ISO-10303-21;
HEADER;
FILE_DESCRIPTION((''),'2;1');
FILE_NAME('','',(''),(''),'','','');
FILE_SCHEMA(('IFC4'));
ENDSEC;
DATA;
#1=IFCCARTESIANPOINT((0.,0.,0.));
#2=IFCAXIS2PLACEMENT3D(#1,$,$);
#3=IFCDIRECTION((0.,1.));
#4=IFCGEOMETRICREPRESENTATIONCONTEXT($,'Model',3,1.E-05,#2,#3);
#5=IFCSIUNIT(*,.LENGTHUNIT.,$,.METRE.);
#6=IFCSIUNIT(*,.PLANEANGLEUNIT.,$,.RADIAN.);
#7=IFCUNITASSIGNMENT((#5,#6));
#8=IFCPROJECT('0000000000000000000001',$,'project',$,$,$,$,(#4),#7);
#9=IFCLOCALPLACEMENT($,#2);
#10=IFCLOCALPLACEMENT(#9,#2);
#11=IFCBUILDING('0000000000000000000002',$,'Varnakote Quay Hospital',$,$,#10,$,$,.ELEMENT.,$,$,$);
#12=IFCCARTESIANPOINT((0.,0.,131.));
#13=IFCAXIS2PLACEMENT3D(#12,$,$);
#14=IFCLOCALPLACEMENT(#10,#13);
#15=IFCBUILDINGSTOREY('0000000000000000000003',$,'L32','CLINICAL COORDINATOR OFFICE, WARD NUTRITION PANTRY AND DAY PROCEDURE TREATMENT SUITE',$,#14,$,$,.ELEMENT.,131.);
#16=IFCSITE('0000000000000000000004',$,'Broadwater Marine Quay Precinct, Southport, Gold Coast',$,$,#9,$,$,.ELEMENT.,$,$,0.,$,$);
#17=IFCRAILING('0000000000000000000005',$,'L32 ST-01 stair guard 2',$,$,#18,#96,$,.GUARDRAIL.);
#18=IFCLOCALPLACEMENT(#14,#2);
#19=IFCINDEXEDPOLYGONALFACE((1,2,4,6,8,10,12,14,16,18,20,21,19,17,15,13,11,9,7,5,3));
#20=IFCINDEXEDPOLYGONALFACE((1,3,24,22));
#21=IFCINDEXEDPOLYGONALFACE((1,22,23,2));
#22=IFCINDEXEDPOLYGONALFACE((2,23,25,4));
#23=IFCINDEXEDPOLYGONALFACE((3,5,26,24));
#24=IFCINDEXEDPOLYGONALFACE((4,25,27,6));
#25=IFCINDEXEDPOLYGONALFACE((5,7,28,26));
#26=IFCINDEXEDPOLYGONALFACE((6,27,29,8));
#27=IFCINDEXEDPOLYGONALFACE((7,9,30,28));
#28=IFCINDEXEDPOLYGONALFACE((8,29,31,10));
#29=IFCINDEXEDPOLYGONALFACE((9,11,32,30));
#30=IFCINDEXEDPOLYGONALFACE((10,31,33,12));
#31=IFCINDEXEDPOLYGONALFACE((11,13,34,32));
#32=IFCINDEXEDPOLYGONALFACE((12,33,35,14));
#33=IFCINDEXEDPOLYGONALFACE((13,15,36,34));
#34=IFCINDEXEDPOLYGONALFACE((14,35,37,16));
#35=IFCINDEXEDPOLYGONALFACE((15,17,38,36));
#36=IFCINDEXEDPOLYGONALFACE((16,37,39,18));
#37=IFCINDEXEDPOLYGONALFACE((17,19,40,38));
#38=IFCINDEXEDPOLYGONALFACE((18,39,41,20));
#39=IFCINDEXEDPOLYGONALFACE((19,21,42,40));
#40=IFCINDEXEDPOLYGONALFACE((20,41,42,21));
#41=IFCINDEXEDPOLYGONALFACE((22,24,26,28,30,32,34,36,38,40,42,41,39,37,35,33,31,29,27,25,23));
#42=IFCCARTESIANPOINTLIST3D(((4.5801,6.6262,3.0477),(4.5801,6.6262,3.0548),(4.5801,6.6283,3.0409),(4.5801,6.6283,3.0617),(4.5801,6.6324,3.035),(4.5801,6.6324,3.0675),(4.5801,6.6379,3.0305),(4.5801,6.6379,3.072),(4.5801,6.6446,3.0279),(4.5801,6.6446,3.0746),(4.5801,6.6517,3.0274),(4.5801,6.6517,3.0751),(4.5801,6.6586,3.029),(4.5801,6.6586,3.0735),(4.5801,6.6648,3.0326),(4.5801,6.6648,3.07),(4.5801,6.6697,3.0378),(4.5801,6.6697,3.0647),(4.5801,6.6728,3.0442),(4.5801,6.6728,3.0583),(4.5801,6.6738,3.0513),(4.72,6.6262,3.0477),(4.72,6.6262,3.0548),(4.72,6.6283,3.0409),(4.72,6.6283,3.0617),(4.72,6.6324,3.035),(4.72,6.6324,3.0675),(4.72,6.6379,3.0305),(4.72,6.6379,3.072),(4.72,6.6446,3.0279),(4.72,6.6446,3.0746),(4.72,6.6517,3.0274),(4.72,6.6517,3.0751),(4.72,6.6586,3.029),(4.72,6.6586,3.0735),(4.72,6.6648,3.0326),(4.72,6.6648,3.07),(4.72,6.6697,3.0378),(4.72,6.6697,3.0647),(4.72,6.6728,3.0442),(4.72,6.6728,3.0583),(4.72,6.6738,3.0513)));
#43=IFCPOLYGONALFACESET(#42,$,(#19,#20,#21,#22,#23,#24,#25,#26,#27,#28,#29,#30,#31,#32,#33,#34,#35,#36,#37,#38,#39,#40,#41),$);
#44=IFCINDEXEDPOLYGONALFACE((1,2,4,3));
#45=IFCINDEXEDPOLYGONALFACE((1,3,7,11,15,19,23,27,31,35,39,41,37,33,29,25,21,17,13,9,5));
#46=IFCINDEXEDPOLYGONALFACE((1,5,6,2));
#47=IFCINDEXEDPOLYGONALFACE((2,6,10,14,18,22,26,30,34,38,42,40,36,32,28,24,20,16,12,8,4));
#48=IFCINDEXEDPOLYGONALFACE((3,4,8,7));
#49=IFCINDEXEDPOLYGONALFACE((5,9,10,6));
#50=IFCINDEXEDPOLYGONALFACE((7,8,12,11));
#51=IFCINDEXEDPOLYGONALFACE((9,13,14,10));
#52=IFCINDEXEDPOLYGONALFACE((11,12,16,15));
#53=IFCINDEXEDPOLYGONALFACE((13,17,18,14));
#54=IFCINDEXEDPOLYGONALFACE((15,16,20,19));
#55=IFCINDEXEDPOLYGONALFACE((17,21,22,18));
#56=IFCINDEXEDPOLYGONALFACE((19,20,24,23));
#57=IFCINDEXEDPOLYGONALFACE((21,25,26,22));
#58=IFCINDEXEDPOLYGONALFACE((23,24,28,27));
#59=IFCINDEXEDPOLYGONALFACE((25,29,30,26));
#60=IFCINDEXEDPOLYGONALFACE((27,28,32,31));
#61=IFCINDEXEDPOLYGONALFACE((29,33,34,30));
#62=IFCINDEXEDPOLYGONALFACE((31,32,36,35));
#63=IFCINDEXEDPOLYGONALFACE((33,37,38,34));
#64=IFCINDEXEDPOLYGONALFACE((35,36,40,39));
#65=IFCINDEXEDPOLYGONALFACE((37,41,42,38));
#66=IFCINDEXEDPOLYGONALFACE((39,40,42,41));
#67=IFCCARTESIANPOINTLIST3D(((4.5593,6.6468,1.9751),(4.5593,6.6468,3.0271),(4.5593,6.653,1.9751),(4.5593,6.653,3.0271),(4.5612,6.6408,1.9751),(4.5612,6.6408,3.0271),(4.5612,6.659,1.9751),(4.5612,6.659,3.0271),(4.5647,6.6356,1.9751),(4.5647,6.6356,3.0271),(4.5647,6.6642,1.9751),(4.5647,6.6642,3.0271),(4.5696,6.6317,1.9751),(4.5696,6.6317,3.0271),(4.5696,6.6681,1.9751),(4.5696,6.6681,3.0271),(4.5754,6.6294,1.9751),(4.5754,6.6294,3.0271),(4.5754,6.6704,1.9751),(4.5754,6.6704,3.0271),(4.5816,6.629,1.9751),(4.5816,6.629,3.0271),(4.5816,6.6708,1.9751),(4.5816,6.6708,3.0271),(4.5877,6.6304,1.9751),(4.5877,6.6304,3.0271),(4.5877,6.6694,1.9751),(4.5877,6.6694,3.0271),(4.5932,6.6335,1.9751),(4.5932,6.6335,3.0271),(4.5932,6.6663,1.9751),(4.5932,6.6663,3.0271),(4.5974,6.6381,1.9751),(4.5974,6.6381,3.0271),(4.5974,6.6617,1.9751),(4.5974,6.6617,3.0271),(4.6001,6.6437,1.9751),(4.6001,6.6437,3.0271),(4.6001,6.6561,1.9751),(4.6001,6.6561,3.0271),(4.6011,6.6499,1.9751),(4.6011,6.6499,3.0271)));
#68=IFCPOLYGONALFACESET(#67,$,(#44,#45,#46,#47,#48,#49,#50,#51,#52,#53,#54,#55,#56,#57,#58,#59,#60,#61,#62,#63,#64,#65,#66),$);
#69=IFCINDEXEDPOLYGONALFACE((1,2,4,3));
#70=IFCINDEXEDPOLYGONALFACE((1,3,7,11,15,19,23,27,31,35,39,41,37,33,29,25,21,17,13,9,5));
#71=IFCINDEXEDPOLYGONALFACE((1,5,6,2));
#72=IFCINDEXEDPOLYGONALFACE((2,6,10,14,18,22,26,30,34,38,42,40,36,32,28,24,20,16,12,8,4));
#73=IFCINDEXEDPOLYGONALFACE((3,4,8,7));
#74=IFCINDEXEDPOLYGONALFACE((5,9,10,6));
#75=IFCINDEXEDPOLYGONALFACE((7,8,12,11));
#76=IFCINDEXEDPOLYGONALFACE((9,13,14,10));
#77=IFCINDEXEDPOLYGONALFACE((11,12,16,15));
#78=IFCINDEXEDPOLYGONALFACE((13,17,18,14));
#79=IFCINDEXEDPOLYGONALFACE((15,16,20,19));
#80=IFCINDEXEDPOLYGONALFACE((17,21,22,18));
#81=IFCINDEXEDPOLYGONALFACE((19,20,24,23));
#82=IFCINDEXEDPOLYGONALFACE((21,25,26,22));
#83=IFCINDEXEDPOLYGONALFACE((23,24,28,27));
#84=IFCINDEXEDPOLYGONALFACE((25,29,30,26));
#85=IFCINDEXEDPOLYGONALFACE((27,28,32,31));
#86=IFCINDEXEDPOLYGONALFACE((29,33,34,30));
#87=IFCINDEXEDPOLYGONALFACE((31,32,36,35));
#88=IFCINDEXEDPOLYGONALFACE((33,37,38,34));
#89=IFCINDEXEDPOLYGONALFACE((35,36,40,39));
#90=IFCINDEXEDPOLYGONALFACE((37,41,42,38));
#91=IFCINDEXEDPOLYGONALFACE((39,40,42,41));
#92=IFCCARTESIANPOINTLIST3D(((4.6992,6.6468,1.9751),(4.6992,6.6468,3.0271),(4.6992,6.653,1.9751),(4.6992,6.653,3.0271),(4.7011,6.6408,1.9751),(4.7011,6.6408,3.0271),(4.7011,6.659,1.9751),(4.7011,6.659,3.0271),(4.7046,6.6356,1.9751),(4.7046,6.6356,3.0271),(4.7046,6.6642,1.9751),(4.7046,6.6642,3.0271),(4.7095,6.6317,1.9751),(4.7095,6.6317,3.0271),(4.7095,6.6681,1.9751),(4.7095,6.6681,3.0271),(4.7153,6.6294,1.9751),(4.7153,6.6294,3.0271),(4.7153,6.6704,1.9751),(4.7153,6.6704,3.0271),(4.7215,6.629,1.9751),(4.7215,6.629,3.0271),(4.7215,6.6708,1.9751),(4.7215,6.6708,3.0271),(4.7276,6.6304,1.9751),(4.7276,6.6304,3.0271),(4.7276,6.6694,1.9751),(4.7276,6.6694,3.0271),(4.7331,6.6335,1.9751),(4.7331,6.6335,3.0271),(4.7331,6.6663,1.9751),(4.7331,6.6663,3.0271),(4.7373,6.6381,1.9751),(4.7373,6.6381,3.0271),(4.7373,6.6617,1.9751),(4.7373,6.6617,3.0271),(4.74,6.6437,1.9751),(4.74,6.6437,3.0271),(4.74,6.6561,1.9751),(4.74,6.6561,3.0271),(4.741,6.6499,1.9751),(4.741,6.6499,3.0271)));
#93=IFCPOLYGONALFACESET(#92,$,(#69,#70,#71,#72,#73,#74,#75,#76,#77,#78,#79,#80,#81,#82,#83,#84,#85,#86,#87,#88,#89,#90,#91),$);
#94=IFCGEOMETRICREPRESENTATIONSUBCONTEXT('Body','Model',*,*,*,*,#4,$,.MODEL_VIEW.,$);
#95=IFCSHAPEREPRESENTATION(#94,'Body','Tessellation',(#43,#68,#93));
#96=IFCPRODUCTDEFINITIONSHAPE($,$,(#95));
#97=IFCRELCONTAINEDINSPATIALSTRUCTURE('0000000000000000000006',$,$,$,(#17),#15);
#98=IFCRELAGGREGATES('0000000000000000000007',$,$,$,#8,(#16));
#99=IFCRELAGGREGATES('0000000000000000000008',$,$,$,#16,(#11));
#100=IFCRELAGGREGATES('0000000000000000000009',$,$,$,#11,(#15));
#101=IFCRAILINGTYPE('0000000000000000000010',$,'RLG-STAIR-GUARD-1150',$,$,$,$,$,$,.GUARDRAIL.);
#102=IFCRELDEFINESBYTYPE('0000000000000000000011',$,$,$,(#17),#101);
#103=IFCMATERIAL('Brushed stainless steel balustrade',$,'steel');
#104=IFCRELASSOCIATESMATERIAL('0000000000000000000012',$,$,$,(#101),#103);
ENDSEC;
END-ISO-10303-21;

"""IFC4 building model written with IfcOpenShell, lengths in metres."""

from ifc_helpers import new_model, si_unit, direction, frame, origin, origin_2d, place, context, subcontext, project, spatial, circle, extrude, material, type_object, element, save


model = new_model("IFC4")

# Units and contexts
model_context = context("Model", 3, precision=1e-05, world=origin(), true_north=direction((0.0, 1.0)))
body_context = subcontext(model_context, "Body", "Model", "MODEL_VIEW")
ifc_project = project(units=[si_unit("LENGTHUNIT", "METRE"), si_unit("PLANEANGLEUNIT", "RADIAN")], contexts=[model_context])

# Site, building, storey
site_placement = place(None, origin())
site = spatial("IfcSite", under=ifc_project, at=site_placement, Name="Broadwater Marine Quay Precinct, Southport, Gold Coast", CompositionType="ELEMENT", RefElevation=0.0)
building_placement = place(site_placement, origin())
building = spatial("IfcBuilding", under=site, at=building_placement, Name="Varnakote Quay Hospital", CompositionType="ELEMENT")
storey_placement = place(building_placement, frame((0.0, 0.0, 131.0)))
storey = spatial("IfcBuildingStorey", under=building, at=storey_placement, Name="L32", Description="CLINICAL COORDINATOR OFFICE, WARD NUTRITION PANTRY AND DAY PROCEDURE TREATMENT SUITE", CompositionType="ELEMENT", Elevation=131.0)

# Railing
ifc_material_1 = material(Name="Brushed stainless steel balustrade", Category="steel")
railing_type_1 = type_object("IfcRailingType", Name="RLG-STAIR-GUARD-1150", PredefinedType="GUARDRAIL", material=ifc_material_1)
railing_1_placement = place(storey_placement, frame((4.5801, 6.6499, 1.9751)))
element("IfcRailing", 1, at=railing_1_placement, inside=storey, type_object=railing_type_1, Name="L32 ST-01 stair guard 2", PredefinedType="GUARDRAIL", context=body_context, shape_type="SweptSolid", body=[
    extrude(circle(Radius=0.0239, at=origin_2d()), frame((0.0, 0.0, 1.0762), z_axis=(1.0, 0.0, 0.0), x_axis=(0.0, 1.0, 0.0)), (0.0, 0.0, 1.0), 0.1399),
    extrude(circle(Radius=0.021, at=origin_2d()), origin(), (0.0, 0.0, 1.0), 1.052),
    extrude(circle(Radius=0.021, at=origin_2d()), frame((0.1399, 0.0, 0.0)), (0.0, 0.0, 1.0), 1.052),
])

save(model, "model.ifc")
